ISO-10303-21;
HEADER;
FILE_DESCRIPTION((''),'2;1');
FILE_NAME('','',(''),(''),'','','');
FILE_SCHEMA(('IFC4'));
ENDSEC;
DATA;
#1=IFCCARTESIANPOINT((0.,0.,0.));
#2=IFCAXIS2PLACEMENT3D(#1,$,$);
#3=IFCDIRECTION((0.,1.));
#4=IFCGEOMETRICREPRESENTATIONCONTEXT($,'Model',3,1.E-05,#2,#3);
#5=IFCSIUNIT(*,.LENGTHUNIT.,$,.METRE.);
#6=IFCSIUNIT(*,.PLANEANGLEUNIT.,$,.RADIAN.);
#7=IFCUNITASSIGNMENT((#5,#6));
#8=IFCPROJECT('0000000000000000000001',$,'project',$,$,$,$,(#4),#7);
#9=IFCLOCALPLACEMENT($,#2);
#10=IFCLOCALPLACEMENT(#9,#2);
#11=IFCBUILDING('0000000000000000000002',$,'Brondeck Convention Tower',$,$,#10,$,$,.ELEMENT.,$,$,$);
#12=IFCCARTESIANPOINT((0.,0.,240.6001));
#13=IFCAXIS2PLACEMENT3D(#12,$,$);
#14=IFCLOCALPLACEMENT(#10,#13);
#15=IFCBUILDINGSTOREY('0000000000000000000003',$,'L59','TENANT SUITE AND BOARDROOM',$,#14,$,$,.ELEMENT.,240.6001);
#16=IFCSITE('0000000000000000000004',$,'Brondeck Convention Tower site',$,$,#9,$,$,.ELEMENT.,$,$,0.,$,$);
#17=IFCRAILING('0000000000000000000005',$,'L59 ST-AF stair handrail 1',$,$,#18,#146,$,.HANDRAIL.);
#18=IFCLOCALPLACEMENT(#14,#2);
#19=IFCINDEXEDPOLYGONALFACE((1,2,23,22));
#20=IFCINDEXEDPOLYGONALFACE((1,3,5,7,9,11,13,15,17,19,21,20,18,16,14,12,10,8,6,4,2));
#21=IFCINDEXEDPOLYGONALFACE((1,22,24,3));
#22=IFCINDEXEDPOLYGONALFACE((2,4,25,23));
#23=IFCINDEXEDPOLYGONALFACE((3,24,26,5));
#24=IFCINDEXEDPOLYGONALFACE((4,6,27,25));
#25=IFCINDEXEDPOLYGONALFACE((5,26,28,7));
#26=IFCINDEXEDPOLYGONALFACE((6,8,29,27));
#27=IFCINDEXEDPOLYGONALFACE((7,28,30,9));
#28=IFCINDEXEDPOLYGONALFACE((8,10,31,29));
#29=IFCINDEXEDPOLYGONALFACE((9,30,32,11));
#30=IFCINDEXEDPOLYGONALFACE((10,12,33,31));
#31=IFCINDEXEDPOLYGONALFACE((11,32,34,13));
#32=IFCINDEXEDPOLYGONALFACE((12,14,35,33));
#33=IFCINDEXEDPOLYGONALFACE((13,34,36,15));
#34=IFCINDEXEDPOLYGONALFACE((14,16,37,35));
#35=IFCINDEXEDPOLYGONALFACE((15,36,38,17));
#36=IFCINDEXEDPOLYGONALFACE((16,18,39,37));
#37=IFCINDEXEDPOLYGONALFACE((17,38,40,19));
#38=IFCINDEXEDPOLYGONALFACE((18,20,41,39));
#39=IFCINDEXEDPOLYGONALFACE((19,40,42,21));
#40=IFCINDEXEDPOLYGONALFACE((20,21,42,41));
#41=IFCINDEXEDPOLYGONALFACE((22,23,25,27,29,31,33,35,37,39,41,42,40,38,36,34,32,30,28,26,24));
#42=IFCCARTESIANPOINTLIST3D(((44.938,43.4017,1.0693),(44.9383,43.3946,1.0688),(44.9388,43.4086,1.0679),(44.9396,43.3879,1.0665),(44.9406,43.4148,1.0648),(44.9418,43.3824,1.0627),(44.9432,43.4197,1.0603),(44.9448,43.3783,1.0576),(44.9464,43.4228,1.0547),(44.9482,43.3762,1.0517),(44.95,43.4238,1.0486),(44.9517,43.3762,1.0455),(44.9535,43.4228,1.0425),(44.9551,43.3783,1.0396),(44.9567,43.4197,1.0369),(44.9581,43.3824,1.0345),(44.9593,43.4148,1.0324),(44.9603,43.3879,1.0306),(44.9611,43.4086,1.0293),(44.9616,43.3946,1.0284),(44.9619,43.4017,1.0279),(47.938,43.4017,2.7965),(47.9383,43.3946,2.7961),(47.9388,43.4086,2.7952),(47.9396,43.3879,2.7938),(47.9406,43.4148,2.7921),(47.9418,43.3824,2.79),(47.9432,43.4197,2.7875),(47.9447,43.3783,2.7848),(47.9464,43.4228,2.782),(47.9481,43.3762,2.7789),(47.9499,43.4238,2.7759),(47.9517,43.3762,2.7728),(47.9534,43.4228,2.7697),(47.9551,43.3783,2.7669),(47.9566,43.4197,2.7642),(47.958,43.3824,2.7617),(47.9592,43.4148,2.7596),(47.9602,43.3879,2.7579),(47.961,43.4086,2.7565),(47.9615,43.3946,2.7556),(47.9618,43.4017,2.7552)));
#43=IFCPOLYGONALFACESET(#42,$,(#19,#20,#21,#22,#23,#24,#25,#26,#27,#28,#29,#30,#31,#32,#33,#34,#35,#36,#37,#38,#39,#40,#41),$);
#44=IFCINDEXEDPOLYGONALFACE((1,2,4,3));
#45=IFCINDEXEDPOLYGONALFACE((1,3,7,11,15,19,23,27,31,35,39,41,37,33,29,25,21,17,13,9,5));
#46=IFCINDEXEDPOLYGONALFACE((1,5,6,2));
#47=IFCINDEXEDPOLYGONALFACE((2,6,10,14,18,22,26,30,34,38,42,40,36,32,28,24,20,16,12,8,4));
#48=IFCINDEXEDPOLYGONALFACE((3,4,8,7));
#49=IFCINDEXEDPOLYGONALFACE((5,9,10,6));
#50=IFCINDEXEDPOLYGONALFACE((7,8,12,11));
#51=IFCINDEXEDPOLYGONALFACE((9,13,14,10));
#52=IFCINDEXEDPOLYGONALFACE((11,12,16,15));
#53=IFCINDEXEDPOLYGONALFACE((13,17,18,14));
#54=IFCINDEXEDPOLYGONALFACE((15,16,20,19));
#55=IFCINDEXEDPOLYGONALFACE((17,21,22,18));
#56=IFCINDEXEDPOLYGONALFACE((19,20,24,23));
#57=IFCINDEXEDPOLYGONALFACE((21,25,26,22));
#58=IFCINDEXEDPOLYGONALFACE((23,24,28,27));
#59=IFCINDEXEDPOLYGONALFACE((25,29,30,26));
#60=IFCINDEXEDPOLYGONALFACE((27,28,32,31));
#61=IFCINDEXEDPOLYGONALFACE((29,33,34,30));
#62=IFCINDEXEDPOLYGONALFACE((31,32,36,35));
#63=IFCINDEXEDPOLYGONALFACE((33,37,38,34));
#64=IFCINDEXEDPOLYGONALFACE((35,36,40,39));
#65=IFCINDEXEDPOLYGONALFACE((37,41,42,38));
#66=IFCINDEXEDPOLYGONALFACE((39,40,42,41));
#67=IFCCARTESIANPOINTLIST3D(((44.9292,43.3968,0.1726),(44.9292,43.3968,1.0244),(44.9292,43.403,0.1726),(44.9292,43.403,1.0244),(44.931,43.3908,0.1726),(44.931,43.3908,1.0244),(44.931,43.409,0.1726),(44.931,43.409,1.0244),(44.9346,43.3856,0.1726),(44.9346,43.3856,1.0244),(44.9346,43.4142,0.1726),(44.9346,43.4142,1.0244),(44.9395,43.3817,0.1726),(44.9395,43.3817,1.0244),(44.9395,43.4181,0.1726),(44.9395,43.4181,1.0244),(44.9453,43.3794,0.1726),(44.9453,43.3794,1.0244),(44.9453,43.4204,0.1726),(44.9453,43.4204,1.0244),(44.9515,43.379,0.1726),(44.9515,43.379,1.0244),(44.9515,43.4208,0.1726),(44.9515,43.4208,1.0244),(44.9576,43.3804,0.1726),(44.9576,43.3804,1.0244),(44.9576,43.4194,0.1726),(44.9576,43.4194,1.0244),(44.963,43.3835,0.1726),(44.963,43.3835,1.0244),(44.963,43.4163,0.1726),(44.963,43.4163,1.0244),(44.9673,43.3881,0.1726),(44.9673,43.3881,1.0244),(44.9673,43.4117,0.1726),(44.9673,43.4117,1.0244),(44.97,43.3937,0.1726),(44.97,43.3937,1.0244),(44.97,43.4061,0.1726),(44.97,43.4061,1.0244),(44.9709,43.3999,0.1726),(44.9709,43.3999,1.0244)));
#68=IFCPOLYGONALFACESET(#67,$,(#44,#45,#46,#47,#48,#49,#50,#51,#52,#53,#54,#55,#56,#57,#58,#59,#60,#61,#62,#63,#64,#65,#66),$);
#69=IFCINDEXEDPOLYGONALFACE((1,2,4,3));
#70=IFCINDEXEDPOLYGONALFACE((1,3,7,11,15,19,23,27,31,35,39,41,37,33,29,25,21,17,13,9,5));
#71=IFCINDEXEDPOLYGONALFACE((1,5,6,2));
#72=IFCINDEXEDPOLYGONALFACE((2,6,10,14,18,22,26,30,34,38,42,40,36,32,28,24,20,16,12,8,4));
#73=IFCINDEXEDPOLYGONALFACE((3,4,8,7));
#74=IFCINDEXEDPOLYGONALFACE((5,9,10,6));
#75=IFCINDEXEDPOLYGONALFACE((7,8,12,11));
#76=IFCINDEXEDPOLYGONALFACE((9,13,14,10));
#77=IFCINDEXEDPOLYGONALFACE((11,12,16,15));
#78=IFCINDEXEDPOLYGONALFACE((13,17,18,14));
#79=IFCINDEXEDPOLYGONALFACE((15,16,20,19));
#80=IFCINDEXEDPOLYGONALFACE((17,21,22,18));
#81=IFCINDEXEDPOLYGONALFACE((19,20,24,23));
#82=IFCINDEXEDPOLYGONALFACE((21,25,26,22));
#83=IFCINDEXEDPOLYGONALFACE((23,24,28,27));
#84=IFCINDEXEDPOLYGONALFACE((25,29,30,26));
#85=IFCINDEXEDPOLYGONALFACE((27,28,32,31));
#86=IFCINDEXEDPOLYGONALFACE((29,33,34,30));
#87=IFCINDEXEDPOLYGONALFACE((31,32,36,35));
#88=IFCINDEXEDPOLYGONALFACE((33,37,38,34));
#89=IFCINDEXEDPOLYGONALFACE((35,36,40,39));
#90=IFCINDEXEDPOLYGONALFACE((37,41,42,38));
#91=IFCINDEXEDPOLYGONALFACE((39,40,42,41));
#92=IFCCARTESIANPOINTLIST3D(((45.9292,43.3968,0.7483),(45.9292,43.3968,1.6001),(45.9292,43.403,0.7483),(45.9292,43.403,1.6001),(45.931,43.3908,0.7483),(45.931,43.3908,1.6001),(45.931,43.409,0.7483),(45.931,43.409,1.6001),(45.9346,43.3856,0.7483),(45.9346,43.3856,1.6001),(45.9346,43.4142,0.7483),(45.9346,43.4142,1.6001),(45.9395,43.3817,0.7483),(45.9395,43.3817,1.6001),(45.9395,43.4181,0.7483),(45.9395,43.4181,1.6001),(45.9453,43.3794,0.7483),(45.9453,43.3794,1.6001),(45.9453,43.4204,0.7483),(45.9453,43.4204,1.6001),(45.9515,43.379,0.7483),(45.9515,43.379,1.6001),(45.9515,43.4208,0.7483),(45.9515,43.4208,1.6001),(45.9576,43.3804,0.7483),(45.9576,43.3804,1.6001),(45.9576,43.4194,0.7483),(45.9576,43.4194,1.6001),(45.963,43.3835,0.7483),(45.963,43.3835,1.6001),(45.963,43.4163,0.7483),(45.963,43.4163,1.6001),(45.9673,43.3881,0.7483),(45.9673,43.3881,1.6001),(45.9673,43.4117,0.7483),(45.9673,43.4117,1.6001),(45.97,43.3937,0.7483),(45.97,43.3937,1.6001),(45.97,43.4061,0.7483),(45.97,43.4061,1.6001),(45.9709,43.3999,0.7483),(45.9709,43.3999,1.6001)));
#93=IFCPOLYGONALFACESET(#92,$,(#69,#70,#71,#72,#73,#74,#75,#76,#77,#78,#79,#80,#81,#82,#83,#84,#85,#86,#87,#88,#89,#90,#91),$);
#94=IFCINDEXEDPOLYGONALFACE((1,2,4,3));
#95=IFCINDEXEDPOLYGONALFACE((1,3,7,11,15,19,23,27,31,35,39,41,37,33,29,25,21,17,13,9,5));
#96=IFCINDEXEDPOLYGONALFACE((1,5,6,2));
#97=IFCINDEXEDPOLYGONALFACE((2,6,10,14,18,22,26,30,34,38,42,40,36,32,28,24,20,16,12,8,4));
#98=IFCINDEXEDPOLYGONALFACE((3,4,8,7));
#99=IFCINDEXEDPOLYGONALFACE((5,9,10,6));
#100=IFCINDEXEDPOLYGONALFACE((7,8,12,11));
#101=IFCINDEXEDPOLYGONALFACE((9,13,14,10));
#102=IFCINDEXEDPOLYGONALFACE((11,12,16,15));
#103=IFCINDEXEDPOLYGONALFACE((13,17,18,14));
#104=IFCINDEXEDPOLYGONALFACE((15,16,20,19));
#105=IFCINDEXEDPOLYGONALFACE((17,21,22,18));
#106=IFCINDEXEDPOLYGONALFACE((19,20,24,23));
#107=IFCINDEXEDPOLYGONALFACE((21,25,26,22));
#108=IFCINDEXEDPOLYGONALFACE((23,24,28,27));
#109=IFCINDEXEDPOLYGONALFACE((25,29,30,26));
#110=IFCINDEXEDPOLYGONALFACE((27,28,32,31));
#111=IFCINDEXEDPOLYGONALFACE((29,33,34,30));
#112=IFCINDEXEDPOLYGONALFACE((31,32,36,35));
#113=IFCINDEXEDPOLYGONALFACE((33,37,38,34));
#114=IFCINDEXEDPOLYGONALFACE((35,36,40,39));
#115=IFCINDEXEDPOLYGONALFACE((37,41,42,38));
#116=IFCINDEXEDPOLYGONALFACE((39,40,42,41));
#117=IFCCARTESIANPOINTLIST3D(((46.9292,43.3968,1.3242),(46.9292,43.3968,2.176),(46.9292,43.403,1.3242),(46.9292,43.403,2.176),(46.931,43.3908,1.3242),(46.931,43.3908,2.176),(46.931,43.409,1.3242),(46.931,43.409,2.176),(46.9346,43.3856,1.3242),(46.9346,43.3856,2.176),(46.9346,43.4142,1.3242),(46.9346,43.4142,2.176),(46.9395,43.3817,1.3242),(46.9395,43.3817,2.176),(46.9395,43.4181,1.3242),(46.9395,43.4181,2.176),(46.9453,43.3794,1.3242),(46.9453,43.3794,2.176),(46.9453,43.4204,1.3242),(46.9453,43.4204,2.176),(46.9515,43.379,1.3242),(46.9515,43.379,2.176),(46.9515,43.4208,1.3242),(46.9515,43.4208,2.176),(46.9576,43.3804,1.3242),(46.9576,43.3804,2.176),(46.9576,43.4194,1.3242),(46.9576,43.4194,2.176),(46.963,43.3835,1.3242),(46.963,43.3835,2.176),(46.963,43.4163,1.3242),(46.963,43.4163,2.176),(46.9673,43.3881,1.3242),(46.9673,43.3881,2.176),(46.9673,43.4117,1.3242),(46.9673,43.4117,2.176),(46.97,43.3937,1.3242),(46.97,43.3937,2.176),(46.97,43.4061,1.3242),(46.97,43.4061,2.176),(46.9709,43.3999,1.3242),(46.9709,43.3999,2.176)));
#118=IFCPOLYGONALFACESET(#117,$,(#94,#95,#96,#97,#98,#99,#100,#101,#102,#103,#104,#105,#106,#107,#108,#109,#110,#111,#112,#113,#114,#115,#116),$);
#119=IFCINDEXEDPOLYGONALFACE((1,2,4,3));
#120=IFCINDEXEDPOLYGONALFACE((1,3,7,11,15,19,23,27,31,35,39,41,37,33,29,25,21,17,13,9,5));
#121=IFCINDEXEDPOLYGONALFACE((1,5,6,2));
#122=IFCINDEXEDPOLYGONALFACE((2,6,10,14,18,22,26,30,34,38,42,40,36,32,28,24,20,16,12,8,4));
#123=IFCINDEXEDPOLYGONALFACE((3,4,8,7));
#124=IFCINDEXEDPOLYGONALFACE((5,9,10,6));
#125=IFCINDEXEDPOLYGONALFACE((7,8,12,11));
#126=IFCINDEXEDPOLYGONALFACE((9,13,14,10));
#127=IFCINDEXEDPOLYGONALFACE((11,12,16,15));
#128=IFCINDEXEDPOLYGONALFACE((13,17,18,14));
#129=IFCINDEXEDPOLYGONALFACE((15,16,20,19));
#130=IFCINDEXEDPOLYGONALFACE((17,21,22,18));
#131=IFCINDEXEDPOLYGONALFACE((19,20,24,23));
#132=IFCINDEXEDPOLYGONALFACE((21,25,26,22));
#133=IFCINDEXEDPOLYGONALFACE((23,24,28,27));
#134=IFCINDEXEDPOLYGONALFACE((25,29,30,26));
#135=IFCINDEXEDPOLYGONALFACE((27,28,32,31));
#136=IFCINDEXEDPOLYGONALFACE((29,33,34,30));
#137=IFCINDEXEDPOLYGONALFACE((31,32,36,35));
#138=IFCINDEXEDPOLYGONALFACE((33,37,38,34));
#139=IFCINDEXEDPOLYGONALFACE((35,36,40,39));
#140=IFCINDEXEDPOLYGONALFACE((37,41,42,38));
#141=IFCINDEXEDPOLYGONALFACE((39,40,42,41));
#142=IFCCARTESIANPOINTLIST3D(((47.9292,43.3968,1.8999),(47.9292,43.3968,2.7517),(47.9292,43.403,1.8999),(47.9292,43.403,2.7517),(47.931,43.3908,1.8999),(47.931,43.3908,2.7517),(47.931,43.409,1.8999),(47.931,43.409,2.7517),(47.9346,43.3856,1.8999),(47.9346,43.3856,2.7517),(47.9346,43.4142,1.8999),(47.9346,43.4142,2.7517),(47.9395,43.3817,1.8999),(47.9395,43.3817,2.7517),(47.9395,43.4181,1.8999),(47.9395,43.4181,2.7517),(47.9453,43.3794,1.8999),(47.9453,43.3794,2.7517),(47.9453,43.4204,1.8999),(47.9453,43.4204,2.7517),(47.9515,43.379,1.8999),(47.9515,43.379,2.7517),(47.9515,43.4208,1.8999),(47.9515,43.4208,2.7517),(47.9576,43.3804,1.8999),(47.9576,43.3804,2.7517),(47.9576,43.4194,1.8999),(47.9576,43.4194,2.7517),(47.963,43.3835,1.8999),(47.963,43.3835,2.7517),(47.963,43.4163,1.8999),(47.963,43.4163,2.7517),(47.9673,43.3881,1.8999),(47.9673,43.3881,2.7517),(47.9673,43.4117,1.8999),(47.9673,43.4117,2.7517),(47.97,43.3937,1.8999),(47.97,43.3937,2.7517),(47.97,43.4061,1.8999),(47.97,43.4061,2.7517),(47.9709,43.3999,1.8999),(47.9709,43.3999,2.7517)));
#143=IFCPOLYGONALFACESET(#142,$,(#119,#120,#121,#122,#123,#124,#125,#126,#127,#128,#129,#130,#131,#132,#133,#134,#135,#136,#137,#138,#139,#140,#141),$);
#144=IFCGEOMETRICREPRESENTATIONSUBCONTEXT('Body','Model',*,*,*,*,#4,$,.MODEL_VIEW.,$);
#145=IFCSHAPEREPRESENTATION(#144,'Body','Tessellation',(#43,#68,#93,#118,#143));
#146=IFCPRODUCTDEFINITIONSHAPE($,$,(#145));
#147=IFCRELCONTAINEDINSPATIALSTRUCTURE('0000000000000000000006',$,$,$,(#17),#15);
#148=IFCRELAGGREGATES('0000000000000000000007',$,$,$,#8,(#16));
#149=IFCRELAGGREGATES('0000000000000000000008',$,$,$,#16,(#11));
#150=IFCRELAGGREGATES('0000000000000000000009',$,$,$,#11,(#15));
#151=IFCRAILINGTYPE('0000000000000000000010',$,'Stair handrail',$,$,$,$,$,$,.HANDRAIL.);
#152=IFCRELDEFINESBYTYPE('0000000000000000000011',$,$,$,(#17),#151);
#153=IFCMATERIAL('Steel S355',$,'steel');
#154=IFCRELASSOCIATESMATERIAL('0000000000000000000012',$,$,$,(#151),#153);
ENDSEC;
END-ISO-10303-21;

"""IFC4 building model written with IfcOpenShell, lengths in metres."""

from ifc_helpers import new_model, si_unit, direction, frame, origin, origin_2d, place, context, subcontext, project, spatial, circle, extrude, material, type_object, element, save


model = new_model("IFC4")

# Units and contexts
model_context = context("Model", 3, precision=1e-05, world=origin(), true_north=direction((0.0, 1.0)))
body_context = subcontext(model_context, "Body", "Model", "MODEL_VIEW")
ifc_project = project(units=[si_unit("LENGTHUNIT", "METRE"), si_unit("PLANEANGLEUNIT", "RADIAN")], contexts=[model_context])

# Site, building, storey
site_placement = place(None, origin())
site = spatial("IfcSite", under=ifc_project, at=site_placement, Name="Brondeck Convention Tower site", CompositionType="ELEMENT", RefElevation=0.0)
building_placement = place(site_placement, origin())
building = spatial("IfcBuilding", under=site, at=building_placement, Name="Brondeck Convention Tower", CompositionType="ELEMENT")
storey_placement = place(building_placement, frame((0.0, 0.0, 240.6001)))
storey = spatial("IfcBuildingStorey", under=building, at=storey_placement, Name="L59", Description="TENANT SUITE AND BOARDROOM", CompositionType="ELEMENT", Elevation=240.6001)

# Shared definitions
ifc_material_1 = material(Name="Steel S355", Category="steel")

# Railing
railing_type_1 = type_object("IfcRailingType", Name="Stair handrail", PredefinedType="HANDRAIL", material=ifc_material_1)
railing_1_placement = place(storey_placement, frame((44.95, 43.3999, 0.1726)))
element("IfcRailing", 1, at=railing_1_placement, inside=storey, type_object=railing_type_1, Name="L59 ST-AF stair handrail 1", PredefinedType="HANDRAIL", context=body_context, shape_type="SweptSolid", body=[
    extrude(circle(Radius=0.0239, at=origin_2d()), frame((0.0, 0.0, 0.876), z_axis=(0.86662, 0.0, 0.498969), x_axis=(0.0, 1.0, 0.0)), (0.0, 0.0, 1.0), 3.4617),
    extrude(circle(Radius=0.021, at=origin_2d()), origin(), (0.0, 0.0, 1.0), 0.8518),
    extrude(circle(Radius=0.021, at=origin_2d()), frame((1.0, 0.0, 0.5757)), (0.0, 0.0, 1.0), 0.8518),
    extrude(circle(Radius=0.021, at=origin_2d()), frame((2.0, 0.0, 1.1516)), (0.0, 0.0, 1.0), 0.8518),
    extrude(circle(Radius=0.021, at=origin_2d()), frame((3.0, 0.0, 1.7273)), (0.0, 0.0, 1.0), 0.8518),
])

save(model, "model.ifc")
